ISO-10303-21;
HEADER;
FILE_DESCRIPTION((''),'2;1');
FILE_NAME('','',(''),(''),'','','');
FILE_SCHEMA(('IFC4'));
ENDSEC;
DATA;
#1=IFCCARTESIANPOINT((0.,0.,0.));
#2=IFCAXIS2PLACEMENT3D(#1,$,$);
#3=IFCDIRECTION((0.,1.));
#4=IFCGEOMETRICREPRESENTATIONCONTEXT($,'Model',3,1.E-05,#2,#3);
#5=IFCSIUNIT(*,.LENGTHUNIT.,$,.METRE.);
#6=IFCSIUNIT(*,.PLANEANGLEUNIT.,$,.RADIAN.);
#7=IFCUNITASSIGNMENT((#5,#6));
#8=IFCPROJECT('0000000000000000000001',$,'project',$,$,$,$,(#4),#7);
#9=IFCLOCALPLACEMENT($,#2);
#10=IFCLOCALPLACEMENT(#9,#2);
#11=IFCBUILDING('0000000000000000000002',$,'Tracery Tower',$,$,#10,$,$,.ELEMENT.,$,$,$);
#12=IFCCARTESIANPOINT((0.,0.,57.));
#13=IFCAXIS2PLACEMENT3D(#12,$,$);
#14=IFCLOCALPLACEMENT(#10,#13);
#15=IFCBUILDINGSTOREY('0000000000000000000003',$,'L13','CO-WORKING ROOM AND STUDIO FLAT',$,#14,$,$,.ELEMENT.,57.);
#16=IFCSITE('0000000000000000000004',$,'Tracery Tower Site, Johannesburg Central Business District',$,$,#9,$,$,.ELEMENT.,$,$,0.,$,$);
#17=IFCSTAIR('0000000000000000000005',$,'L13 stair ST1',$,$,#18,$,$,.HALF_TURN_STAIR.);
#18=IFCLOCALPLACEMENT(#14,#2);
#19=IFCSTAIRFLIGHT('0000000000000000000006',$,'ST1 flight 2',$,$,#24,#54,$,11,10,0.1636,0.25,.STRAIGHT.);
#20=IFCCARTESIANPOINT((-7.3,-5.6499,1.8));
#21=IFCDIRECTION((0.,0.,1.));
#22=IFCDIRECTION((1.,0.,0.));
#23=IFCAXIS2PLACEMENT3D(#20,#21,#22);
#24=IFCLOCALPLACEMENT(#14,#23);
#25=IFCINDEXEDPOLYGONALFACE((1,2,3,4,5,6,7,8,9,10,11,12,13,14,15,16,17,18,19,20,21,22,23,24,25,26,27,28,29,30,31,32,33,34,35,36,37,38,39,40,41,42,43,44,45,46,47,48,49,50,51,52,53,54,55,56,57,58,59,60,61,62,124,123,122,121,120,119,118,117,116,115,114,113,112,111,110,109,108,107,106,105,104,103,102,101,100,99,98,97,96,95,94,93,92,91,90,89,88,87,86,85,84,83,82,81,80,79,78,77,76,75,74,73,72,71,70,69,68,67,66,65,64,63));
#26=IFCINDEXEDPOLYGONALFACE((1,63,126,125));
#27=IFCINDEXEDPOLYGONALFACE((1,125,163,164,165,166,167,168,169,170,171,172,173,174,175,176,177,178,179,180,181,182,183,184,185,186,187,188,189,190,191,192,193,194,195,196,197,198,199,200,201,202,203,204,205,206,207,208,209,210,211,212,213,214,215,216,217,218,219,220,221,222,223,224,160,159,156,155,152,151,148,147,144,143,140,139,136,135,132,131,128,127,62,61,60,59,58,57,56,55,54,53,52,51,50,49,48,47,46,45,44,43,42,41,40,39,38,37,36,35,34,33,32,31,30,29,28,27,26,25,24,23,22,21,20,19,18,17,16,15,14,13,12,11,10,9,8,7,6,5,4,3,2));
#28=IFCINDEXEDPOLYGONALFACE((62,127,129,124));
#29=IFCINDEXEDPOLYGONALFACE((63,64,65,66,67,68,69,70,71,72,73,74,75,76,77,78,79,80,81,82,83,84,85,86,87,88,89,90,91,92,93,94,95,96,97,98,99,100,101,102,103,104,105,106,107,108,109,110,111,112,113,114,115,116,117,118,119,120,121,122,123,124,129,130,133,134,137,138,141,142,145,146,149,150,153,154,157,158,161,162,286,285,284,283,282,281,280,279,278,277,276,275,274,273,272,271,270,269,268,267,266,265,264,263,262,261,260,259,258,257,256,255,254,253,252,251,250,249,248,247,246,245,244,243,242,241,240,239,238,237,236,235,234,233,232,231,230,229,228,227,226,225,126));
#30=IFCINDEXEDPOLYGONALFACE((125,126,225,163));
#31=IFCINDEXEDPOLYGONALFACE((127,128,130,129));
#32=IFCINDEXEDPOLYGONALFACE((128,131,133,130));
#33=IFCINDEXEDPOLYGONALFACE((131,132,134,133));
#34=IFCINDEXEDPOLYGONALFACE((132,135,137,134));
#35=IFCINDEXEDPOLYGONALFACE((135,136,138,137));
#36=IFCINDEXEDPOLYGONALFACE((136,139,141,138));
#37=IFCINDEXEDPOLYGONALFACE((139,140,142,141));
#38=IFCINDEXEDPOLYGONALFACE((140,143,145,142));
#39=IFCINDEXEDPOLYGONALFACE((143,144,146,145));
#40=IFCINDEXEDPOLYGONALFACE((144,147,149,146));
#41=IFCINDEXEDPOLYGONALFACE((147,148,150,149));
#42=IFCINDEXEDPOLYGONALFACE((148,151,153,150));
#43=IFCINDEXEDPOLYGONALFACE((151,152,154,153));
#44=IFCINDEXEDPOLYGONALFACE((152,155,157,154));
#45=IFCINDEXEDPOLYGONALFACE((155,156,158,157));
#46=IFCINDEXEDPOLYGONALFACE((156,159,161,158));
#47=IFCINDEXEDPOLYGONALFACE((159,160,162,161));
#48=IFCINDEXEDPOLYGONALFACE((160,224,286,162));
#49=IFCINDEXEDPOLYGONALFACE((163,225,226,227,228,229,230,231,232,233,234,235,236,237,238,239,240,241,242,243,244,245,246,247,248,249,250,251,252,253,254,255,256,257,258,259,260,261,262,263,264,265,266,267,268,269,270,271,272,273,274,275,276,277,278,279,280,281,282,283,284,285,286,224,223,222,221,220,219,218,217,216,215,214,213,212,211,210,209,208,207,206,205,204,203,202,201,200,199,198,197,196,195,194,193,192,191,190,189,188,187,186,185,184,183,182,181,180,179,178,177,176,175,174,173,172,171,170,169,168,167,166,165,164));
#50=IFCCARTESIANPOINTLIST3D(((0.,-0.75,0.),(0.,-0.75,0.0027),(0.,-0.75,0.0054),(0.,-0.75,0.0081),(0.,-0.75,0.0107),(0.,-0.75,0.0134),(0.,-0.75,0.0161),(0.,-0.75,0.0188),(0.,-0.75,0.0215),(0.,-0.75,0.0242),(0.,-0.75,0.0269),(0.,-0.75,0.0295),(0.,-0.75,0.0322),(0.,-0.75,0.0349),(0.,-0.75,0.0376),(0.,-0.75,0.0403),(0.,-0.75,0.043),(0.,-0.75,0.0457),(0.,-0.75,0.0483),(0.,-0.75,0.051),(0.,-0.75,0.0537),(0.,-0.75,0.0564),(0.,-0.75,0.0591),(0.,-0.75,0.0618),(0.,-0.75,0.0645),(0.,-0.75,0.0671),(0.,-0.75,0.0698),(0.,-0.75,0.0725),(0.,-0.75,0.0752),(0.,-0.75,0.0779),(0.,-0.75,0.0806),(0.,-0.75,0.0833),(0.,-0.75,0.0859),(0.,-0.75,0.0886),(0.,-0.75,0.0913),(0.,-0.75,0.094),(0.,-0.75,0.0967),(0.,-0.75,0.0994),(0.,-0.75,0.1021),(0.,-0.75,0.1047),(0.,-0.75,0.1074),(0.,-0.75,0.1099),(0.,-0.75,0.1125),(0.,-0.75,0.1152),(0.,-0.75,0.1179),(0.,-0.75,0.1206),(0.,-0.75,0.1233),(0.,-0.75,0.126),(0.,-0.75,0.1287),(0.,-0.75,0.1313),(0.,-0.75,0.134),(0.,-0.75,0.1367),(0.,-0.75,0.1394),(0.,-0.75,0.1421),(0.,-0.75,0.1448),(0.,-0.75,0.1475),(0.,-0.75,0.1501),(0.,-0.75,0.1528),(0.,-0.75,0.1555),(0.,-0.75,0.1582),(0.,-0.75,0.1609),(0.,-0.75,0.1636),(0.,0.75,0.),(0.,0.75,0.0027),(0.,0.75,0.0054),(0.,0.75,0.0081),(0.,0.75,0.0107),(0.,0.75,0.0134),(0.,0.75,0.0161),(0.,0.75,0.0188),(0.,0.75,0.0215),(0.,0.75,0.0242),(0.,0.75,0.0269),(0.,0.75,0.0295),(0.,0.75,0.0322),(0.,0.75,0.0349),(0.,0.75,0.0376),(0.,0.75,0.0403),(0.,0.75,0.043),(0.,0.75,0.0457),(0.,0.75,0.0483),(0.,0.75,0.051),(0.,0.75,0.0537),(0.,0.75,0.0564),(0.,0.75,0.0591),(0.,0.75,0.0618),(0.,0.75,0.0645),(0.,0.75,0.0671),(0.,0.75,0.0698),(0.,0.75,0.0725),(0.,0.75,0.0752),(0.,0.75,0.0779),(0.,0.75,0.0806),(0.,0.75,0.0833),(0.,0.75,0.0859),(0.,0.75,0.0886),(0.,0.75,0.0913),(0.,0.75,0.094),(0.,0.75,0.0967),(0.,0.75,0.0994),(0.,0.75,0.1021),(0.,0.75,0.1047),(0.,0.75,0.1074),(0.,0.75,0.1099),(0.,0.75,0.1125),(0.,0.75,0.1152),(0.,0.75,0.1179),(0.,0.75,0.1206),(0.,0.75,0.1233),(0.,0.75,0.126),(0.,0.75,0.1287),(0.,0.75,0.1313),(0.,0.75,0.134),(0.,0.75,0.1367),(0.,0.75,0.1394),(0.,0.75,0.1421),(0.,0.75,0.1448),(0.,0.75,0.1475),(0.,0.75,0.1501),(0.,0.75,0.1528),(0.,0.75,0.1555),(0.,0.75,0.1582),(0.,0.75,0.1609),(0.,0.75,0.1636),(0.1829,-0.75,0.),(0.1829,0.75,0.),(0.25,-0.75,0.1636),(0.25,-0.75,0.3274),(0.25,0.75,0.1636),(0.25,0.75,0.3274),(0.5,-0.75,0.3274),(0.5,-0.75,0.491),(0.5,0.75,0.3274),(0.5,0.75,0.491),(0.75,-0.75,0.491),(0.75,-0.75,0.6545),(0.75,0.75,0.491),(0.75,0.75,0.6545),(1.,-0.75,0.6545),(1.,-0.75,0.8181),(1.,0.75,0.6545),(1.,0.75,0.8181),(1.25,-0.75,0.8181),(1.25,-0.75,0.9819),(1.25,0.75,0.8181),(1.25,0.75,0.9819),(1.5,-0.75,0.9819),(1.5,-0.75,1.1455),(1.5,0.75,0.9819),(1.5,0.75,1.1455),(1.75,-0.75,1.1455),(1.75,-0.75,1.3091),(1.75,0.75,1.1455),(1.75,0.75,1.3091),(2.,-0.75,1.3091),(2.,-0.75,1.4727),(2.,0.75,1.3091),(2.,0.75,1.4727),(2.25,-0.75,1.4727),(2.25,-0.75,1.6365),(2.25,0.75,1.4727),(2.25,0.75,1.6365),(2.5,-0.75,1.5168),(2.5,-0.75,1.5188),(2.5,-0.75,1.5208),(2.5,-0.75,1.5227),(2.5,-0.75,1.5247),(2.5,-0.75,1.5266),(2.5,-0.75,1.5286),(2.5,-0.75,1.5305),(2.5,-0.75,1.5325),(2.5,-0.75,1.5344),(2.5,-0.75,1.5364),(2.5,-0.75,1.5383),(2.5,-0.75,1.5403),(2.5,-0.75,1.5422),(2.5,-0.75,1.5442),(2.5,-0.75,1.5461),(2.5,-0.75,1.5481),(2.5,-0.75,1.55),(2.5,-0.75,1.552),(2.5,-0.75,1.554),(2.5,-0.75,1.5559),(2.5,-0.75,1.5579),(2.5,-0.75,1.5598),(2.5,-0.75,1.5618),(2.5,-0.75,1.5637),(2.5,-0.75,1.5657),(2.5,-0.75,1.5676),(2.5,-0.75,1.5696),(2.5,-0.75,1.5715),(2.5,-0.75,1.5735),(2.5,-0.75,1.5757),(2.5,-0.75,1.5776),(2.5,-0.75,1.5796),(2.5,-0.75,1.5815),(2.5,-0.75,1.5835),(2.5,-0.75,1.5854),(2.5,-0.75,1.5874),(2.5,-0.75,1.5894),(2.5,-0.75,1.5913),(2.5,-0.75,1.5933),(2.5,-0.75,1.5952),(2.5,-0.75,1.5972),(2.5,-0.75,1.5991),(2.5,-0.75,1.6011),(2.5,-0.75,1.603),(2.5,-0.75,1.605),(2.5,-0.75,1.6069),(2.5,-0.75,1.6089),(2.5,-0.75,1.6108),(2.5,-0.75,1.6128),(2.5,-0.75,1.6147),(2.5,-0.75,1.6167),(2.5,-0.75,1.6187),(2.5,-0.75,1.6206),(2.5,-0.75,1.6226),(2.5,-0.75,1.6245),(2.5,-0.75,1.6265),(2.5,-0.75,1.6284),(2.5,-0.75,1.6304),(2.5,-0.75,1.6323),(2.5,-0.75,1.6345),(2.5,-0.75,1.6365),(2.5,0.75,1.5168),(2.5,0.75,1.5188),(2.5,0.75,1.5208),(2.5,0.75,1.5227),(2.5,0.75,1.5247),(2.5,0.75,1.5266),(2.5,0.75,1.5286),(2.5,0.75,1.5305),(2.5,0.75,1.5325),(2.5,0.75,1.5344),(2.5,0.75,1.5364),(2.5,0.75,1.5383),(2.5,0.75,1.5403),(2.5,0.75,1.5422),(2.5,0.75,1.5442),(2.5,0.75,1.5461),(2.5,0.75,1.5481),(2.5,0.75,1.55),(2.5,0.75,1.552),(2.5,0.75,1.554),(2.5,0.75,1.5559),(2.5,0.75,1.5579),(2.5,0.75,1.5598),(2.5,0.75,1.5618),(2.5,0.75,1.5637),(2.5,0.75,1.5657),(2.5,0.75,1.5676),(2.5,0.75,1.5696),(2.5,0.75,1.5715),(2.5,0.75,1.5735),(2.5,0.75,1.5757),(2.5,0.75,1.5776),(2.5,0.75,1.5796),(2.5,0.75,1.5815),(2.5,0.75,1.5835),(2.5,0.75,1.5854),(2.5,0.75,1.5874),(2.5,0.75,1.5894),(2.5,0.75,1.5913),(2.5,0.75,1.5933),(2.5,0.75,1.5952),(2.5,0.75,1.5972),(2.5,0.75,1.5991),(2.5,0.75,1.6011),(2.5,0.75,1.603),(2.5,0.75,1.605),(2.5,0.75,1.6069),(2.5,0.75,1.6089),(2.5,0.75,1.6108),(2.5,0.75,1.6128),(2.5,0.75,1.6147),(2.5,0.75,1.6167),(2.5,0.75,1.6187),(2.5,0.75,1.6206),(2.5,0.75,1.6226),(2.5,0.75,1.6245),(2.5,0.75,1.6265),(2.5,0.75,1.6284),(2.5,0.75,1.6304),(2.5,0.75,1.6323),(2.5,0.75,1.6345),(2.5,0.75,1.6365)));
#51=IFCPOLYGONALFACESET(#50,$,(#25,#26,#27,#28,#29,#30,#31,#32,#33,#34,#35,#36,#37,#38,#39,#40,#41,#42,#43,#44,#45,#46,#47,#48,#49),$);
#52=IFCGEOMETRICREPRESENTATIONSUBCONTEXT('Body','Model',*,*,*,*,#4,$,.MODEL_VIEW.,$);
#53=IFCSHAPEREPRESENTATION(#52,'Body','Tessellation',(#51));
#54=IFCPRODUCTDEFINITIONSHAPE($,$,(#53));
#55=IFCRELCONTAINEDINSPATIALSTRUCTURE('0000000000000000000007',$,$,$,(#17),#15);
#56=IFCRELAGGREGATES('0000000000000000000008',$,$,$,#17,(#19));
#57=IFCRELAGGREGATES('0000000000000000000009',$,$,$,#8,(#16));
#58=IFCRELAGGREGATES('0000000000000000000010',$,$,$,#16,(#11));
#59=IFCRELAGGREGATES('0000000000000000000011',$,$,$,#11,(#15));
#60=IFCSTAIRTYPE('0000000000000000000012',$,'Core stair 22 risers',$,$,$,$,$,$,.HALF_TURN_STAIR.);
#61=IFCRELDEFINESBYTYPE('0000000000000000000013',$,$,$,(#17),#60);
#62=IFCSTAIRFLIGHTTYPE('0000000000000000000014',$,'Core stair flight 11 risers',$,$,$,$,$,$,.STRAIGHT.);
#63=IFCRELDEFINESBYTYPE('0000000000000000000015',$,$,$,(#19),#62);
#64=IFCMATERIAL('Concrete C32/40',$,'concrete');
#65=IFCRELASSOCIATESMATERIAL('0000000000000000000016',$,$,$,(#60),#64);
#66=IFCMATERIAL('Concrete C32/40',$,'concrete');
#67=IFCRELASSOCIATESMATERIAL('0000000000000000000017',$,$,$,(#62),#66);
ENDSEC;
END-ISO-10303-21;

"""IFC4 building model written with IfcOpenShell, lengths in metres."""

from ifc_helpers import new_model, si_unit, direction, frame, origin, place, context, subcontext, project, spatial, polyline, outline, extrude, material, type_object, element, aggregate, save


model = new_model("IFC4")

# Units and contexts
model_context = context("Model", 3, precision=1e-05, world=origin(), true_north=direction((0.0, 1.0)))
body_context = subcontext(model_context, "Body", "Model", "MODEL_VIEW")
ifc_project = project(units=[si_unit("LENGTHUNIT", "METRE"), si_unit("PLANEANGLEUNIT", "RADIAN")], contexts=[model_context])

# Site, building, storey
site_placement = place(None, origin())
site = spatial("IfcSite", under=ifc_project, at=site_placement, Name="Tracery Tower Site, Johannesburg Central Business District", CompositionType="ELEMENT", RefElevation=0.0)
building_placement = place(site_placement, origin())
building = spatial("IfcBuilding", under=site, at=building_placement, Name="Tracery Tower", CompositionType="ELEMENT")
storey_placement = place(building_placement, frame((0.0, 0.0, 57.0)))
storey = spatial("IfcBuildingStorey", under=building, at=storey_placement, Name="L13", Description="CO-WORKING ROOM AND STUDIO FLAT", CompositionType="ELEMENT", Elevation=57.0)

# Stair, stair flight
ifc_material_1 = material(Name="Concrete C32/40", Category="concrete")
stair_type = type_object("IfcStairType", Name="Core stair 22 risers", PredefinedType="HALF_TURN_STAIR", material=ifc_material_1)
stair_placement = place(storey_placement, origin())
stair = element("IfcStair", 1, at=stair_placement, inside=storey, type_object=stair_type, Name="L13 stair ST1", PredefinedType="HALF_TURN_STAIR")
ifc_material_2 = material(Name="Concrete C32/40", Category="concrete")
stair_flight_type = type_object("IfcStairFlightType", Name="Core stair flight 11 risers", PredefinedType="STRAIGHT", material=ifc_material_2)
stair_flight_1_placement = place(storey_placement, frame((-7.3, -5.6499, 1.8), z_axis=(0.0, 0.0, 1.0), x_axis=(1.0, 0.0, 0.0)))
stair_flight_1 = element("IfcStairFlight", 2, at=stair_flight_1_placement, type_object=stair_flight_type, Name="ST1 flight 2", NumberOfRisers=11, NumberOfTreads=10, PredefinedType="STRAIGHT", RiserHeight=0.1636, TreadLength=0.25, context=body_context, shape_type="SweptSolid", body=[
    extrude(outline(polyline([(0.0, 0.0), (0.0, 0.0027), (0.0, 0.0054), (0.0, 0.0081), (0.0, 0.0107), (0.0, 0.0134), (0.0, 0.0161), (0.0, 0.0188), (0.0, 0.0215), (0.0, 0.0242), (0.0, 0.0269), (0.0, 0.0295), (0.0, 0.0322), (0.0, 0.0349), (0.0, 0.0376), (0.0, 0.0403), (0.0, 0.043), (0.0, 0.0457), (0.0, 0.0483), (0.0, 0.051), (0.0, 0.0537), (0.0, 0.0564), (0.0, 0.0591), (0.0, 0.0618), (0.0, 0.0645), (0.0, 0.0671), (0.0, 0.0698), (0.0, 0.0725), (0.0, 0.0752), (0.0, 0.0779), (0.0, 0.0806), (0.0, 0.0833), (0.0, 0.0859), (0.0, 0.0886), (0.0, 0.0913), (0.0, 0.094), (0.0, 0.0967), (0.0, 0.0994), (0.0, 0.1021), (0.0, 0.1047), (0.0, 0.1074), (0.0, 0.1099), (0.0, 0.1125), (0.0, 0.1152), (0.0, 0.1179), (0.0, 0.1206), (0.0, 0.1233), (0.0, 0.126), (0.0, 0.1287), (0.0, 0.1313), (0.0, 0.134), (0.0, 0.1367), (0.0, 0.1394), (0.0, 0.1421), (0.0, 0.1448), (0.0, 0.1475), (0.0, 0.1501), (0.0, 0.1528), (0.0, 0.1555), (0.0, 0.1582), (0.0, 0.1609), (0.0, 0.1636), (0.25, 0.1636), (0.25, 0.3274), (0.5, 0.3274), (0.5, 0.491), (0.75, 0.491), (0.75, 0.6545), (1.0, 0.6545), (1.0, 0.8181), (1.25, 0.8181), (1.25, 0.9819), (1.5, 0.9819), (1.5, 1.1455), (1.75, 1.1455), (1.75, 1.3091), (2.0, 1.3091), (2.0, 1.4727), (2.25, 1.4727), (2.25, 1.6365), (2.5, 1.6365), (2.5, 1.6345), (2.5, 1.6323), (2.5, 1.6304), (2.5, 1.6284), (2.5, 1.6265), (2.5, 1.6245), (2.5, 1.6226), (2.5, 1.6206), (2.5, 1.6187), (2.5, 1.6167), (2.5, 1.6147), (2.5, 1.6128), (2.5, 1.6108), (2.5, 1.6089), (2.5, 1.6069), (2.5, 1.605), (2.5, 1.603), (2.5, 1.6011), (2.5, 1.5991), (2.5, 1.5972), (2.5, 1.5952), (2.5, 1.5933), (2.5, 1.5913), (2.5, 1.5894), (2.5, 1.5874), (2.5, 1.5854), (2.5, 1.5835), (2.5, 1.5815), (2.5, 1.5796), (2.5, 1.5776), (2.5, 1.5757), (2.5, 1.5735), (2.5, 1.5715), (2.5, 1.5696), (2.5, 1.5676), (2.5, 1.5657), (2.5, 1.5637), (2.5, 1.5618), (2.5, 1.5598), (2.5, 1.5579), (2.5, 1.5559), (2.5, 1.554), (2.5, 1.552), (2.5, 1.55), (2.5, 1.5481), (2.5, 1.5461), (2.5, 1.5442), (2.5, 1.5422), (2.5, 1.5403), (2.5, 1.5383), (2.5, 1.5364), (2.5, 1.5344), (2.5, 1.5325), (2.5, 1.5305), (2.5, 1.5286), (2.5, 1.5266), (2.5, 1.5247), (2.5, 1.5227), (2.5, 1.5208), (2.5, 1.5188), (2.5, 1.5168), (0.1829, 0.0), (0.0, 0.0)])), frame((0.0, 0.75, 0.0), z_axis=(0.0, -1.0, 0.0), x_axis=(1.0, 0.0, 0.0)), (0.0, 0.0, 1.0), 1.5),
])
aggregate(stair, [stair_flight_1])

save(model, "model.ifc")
